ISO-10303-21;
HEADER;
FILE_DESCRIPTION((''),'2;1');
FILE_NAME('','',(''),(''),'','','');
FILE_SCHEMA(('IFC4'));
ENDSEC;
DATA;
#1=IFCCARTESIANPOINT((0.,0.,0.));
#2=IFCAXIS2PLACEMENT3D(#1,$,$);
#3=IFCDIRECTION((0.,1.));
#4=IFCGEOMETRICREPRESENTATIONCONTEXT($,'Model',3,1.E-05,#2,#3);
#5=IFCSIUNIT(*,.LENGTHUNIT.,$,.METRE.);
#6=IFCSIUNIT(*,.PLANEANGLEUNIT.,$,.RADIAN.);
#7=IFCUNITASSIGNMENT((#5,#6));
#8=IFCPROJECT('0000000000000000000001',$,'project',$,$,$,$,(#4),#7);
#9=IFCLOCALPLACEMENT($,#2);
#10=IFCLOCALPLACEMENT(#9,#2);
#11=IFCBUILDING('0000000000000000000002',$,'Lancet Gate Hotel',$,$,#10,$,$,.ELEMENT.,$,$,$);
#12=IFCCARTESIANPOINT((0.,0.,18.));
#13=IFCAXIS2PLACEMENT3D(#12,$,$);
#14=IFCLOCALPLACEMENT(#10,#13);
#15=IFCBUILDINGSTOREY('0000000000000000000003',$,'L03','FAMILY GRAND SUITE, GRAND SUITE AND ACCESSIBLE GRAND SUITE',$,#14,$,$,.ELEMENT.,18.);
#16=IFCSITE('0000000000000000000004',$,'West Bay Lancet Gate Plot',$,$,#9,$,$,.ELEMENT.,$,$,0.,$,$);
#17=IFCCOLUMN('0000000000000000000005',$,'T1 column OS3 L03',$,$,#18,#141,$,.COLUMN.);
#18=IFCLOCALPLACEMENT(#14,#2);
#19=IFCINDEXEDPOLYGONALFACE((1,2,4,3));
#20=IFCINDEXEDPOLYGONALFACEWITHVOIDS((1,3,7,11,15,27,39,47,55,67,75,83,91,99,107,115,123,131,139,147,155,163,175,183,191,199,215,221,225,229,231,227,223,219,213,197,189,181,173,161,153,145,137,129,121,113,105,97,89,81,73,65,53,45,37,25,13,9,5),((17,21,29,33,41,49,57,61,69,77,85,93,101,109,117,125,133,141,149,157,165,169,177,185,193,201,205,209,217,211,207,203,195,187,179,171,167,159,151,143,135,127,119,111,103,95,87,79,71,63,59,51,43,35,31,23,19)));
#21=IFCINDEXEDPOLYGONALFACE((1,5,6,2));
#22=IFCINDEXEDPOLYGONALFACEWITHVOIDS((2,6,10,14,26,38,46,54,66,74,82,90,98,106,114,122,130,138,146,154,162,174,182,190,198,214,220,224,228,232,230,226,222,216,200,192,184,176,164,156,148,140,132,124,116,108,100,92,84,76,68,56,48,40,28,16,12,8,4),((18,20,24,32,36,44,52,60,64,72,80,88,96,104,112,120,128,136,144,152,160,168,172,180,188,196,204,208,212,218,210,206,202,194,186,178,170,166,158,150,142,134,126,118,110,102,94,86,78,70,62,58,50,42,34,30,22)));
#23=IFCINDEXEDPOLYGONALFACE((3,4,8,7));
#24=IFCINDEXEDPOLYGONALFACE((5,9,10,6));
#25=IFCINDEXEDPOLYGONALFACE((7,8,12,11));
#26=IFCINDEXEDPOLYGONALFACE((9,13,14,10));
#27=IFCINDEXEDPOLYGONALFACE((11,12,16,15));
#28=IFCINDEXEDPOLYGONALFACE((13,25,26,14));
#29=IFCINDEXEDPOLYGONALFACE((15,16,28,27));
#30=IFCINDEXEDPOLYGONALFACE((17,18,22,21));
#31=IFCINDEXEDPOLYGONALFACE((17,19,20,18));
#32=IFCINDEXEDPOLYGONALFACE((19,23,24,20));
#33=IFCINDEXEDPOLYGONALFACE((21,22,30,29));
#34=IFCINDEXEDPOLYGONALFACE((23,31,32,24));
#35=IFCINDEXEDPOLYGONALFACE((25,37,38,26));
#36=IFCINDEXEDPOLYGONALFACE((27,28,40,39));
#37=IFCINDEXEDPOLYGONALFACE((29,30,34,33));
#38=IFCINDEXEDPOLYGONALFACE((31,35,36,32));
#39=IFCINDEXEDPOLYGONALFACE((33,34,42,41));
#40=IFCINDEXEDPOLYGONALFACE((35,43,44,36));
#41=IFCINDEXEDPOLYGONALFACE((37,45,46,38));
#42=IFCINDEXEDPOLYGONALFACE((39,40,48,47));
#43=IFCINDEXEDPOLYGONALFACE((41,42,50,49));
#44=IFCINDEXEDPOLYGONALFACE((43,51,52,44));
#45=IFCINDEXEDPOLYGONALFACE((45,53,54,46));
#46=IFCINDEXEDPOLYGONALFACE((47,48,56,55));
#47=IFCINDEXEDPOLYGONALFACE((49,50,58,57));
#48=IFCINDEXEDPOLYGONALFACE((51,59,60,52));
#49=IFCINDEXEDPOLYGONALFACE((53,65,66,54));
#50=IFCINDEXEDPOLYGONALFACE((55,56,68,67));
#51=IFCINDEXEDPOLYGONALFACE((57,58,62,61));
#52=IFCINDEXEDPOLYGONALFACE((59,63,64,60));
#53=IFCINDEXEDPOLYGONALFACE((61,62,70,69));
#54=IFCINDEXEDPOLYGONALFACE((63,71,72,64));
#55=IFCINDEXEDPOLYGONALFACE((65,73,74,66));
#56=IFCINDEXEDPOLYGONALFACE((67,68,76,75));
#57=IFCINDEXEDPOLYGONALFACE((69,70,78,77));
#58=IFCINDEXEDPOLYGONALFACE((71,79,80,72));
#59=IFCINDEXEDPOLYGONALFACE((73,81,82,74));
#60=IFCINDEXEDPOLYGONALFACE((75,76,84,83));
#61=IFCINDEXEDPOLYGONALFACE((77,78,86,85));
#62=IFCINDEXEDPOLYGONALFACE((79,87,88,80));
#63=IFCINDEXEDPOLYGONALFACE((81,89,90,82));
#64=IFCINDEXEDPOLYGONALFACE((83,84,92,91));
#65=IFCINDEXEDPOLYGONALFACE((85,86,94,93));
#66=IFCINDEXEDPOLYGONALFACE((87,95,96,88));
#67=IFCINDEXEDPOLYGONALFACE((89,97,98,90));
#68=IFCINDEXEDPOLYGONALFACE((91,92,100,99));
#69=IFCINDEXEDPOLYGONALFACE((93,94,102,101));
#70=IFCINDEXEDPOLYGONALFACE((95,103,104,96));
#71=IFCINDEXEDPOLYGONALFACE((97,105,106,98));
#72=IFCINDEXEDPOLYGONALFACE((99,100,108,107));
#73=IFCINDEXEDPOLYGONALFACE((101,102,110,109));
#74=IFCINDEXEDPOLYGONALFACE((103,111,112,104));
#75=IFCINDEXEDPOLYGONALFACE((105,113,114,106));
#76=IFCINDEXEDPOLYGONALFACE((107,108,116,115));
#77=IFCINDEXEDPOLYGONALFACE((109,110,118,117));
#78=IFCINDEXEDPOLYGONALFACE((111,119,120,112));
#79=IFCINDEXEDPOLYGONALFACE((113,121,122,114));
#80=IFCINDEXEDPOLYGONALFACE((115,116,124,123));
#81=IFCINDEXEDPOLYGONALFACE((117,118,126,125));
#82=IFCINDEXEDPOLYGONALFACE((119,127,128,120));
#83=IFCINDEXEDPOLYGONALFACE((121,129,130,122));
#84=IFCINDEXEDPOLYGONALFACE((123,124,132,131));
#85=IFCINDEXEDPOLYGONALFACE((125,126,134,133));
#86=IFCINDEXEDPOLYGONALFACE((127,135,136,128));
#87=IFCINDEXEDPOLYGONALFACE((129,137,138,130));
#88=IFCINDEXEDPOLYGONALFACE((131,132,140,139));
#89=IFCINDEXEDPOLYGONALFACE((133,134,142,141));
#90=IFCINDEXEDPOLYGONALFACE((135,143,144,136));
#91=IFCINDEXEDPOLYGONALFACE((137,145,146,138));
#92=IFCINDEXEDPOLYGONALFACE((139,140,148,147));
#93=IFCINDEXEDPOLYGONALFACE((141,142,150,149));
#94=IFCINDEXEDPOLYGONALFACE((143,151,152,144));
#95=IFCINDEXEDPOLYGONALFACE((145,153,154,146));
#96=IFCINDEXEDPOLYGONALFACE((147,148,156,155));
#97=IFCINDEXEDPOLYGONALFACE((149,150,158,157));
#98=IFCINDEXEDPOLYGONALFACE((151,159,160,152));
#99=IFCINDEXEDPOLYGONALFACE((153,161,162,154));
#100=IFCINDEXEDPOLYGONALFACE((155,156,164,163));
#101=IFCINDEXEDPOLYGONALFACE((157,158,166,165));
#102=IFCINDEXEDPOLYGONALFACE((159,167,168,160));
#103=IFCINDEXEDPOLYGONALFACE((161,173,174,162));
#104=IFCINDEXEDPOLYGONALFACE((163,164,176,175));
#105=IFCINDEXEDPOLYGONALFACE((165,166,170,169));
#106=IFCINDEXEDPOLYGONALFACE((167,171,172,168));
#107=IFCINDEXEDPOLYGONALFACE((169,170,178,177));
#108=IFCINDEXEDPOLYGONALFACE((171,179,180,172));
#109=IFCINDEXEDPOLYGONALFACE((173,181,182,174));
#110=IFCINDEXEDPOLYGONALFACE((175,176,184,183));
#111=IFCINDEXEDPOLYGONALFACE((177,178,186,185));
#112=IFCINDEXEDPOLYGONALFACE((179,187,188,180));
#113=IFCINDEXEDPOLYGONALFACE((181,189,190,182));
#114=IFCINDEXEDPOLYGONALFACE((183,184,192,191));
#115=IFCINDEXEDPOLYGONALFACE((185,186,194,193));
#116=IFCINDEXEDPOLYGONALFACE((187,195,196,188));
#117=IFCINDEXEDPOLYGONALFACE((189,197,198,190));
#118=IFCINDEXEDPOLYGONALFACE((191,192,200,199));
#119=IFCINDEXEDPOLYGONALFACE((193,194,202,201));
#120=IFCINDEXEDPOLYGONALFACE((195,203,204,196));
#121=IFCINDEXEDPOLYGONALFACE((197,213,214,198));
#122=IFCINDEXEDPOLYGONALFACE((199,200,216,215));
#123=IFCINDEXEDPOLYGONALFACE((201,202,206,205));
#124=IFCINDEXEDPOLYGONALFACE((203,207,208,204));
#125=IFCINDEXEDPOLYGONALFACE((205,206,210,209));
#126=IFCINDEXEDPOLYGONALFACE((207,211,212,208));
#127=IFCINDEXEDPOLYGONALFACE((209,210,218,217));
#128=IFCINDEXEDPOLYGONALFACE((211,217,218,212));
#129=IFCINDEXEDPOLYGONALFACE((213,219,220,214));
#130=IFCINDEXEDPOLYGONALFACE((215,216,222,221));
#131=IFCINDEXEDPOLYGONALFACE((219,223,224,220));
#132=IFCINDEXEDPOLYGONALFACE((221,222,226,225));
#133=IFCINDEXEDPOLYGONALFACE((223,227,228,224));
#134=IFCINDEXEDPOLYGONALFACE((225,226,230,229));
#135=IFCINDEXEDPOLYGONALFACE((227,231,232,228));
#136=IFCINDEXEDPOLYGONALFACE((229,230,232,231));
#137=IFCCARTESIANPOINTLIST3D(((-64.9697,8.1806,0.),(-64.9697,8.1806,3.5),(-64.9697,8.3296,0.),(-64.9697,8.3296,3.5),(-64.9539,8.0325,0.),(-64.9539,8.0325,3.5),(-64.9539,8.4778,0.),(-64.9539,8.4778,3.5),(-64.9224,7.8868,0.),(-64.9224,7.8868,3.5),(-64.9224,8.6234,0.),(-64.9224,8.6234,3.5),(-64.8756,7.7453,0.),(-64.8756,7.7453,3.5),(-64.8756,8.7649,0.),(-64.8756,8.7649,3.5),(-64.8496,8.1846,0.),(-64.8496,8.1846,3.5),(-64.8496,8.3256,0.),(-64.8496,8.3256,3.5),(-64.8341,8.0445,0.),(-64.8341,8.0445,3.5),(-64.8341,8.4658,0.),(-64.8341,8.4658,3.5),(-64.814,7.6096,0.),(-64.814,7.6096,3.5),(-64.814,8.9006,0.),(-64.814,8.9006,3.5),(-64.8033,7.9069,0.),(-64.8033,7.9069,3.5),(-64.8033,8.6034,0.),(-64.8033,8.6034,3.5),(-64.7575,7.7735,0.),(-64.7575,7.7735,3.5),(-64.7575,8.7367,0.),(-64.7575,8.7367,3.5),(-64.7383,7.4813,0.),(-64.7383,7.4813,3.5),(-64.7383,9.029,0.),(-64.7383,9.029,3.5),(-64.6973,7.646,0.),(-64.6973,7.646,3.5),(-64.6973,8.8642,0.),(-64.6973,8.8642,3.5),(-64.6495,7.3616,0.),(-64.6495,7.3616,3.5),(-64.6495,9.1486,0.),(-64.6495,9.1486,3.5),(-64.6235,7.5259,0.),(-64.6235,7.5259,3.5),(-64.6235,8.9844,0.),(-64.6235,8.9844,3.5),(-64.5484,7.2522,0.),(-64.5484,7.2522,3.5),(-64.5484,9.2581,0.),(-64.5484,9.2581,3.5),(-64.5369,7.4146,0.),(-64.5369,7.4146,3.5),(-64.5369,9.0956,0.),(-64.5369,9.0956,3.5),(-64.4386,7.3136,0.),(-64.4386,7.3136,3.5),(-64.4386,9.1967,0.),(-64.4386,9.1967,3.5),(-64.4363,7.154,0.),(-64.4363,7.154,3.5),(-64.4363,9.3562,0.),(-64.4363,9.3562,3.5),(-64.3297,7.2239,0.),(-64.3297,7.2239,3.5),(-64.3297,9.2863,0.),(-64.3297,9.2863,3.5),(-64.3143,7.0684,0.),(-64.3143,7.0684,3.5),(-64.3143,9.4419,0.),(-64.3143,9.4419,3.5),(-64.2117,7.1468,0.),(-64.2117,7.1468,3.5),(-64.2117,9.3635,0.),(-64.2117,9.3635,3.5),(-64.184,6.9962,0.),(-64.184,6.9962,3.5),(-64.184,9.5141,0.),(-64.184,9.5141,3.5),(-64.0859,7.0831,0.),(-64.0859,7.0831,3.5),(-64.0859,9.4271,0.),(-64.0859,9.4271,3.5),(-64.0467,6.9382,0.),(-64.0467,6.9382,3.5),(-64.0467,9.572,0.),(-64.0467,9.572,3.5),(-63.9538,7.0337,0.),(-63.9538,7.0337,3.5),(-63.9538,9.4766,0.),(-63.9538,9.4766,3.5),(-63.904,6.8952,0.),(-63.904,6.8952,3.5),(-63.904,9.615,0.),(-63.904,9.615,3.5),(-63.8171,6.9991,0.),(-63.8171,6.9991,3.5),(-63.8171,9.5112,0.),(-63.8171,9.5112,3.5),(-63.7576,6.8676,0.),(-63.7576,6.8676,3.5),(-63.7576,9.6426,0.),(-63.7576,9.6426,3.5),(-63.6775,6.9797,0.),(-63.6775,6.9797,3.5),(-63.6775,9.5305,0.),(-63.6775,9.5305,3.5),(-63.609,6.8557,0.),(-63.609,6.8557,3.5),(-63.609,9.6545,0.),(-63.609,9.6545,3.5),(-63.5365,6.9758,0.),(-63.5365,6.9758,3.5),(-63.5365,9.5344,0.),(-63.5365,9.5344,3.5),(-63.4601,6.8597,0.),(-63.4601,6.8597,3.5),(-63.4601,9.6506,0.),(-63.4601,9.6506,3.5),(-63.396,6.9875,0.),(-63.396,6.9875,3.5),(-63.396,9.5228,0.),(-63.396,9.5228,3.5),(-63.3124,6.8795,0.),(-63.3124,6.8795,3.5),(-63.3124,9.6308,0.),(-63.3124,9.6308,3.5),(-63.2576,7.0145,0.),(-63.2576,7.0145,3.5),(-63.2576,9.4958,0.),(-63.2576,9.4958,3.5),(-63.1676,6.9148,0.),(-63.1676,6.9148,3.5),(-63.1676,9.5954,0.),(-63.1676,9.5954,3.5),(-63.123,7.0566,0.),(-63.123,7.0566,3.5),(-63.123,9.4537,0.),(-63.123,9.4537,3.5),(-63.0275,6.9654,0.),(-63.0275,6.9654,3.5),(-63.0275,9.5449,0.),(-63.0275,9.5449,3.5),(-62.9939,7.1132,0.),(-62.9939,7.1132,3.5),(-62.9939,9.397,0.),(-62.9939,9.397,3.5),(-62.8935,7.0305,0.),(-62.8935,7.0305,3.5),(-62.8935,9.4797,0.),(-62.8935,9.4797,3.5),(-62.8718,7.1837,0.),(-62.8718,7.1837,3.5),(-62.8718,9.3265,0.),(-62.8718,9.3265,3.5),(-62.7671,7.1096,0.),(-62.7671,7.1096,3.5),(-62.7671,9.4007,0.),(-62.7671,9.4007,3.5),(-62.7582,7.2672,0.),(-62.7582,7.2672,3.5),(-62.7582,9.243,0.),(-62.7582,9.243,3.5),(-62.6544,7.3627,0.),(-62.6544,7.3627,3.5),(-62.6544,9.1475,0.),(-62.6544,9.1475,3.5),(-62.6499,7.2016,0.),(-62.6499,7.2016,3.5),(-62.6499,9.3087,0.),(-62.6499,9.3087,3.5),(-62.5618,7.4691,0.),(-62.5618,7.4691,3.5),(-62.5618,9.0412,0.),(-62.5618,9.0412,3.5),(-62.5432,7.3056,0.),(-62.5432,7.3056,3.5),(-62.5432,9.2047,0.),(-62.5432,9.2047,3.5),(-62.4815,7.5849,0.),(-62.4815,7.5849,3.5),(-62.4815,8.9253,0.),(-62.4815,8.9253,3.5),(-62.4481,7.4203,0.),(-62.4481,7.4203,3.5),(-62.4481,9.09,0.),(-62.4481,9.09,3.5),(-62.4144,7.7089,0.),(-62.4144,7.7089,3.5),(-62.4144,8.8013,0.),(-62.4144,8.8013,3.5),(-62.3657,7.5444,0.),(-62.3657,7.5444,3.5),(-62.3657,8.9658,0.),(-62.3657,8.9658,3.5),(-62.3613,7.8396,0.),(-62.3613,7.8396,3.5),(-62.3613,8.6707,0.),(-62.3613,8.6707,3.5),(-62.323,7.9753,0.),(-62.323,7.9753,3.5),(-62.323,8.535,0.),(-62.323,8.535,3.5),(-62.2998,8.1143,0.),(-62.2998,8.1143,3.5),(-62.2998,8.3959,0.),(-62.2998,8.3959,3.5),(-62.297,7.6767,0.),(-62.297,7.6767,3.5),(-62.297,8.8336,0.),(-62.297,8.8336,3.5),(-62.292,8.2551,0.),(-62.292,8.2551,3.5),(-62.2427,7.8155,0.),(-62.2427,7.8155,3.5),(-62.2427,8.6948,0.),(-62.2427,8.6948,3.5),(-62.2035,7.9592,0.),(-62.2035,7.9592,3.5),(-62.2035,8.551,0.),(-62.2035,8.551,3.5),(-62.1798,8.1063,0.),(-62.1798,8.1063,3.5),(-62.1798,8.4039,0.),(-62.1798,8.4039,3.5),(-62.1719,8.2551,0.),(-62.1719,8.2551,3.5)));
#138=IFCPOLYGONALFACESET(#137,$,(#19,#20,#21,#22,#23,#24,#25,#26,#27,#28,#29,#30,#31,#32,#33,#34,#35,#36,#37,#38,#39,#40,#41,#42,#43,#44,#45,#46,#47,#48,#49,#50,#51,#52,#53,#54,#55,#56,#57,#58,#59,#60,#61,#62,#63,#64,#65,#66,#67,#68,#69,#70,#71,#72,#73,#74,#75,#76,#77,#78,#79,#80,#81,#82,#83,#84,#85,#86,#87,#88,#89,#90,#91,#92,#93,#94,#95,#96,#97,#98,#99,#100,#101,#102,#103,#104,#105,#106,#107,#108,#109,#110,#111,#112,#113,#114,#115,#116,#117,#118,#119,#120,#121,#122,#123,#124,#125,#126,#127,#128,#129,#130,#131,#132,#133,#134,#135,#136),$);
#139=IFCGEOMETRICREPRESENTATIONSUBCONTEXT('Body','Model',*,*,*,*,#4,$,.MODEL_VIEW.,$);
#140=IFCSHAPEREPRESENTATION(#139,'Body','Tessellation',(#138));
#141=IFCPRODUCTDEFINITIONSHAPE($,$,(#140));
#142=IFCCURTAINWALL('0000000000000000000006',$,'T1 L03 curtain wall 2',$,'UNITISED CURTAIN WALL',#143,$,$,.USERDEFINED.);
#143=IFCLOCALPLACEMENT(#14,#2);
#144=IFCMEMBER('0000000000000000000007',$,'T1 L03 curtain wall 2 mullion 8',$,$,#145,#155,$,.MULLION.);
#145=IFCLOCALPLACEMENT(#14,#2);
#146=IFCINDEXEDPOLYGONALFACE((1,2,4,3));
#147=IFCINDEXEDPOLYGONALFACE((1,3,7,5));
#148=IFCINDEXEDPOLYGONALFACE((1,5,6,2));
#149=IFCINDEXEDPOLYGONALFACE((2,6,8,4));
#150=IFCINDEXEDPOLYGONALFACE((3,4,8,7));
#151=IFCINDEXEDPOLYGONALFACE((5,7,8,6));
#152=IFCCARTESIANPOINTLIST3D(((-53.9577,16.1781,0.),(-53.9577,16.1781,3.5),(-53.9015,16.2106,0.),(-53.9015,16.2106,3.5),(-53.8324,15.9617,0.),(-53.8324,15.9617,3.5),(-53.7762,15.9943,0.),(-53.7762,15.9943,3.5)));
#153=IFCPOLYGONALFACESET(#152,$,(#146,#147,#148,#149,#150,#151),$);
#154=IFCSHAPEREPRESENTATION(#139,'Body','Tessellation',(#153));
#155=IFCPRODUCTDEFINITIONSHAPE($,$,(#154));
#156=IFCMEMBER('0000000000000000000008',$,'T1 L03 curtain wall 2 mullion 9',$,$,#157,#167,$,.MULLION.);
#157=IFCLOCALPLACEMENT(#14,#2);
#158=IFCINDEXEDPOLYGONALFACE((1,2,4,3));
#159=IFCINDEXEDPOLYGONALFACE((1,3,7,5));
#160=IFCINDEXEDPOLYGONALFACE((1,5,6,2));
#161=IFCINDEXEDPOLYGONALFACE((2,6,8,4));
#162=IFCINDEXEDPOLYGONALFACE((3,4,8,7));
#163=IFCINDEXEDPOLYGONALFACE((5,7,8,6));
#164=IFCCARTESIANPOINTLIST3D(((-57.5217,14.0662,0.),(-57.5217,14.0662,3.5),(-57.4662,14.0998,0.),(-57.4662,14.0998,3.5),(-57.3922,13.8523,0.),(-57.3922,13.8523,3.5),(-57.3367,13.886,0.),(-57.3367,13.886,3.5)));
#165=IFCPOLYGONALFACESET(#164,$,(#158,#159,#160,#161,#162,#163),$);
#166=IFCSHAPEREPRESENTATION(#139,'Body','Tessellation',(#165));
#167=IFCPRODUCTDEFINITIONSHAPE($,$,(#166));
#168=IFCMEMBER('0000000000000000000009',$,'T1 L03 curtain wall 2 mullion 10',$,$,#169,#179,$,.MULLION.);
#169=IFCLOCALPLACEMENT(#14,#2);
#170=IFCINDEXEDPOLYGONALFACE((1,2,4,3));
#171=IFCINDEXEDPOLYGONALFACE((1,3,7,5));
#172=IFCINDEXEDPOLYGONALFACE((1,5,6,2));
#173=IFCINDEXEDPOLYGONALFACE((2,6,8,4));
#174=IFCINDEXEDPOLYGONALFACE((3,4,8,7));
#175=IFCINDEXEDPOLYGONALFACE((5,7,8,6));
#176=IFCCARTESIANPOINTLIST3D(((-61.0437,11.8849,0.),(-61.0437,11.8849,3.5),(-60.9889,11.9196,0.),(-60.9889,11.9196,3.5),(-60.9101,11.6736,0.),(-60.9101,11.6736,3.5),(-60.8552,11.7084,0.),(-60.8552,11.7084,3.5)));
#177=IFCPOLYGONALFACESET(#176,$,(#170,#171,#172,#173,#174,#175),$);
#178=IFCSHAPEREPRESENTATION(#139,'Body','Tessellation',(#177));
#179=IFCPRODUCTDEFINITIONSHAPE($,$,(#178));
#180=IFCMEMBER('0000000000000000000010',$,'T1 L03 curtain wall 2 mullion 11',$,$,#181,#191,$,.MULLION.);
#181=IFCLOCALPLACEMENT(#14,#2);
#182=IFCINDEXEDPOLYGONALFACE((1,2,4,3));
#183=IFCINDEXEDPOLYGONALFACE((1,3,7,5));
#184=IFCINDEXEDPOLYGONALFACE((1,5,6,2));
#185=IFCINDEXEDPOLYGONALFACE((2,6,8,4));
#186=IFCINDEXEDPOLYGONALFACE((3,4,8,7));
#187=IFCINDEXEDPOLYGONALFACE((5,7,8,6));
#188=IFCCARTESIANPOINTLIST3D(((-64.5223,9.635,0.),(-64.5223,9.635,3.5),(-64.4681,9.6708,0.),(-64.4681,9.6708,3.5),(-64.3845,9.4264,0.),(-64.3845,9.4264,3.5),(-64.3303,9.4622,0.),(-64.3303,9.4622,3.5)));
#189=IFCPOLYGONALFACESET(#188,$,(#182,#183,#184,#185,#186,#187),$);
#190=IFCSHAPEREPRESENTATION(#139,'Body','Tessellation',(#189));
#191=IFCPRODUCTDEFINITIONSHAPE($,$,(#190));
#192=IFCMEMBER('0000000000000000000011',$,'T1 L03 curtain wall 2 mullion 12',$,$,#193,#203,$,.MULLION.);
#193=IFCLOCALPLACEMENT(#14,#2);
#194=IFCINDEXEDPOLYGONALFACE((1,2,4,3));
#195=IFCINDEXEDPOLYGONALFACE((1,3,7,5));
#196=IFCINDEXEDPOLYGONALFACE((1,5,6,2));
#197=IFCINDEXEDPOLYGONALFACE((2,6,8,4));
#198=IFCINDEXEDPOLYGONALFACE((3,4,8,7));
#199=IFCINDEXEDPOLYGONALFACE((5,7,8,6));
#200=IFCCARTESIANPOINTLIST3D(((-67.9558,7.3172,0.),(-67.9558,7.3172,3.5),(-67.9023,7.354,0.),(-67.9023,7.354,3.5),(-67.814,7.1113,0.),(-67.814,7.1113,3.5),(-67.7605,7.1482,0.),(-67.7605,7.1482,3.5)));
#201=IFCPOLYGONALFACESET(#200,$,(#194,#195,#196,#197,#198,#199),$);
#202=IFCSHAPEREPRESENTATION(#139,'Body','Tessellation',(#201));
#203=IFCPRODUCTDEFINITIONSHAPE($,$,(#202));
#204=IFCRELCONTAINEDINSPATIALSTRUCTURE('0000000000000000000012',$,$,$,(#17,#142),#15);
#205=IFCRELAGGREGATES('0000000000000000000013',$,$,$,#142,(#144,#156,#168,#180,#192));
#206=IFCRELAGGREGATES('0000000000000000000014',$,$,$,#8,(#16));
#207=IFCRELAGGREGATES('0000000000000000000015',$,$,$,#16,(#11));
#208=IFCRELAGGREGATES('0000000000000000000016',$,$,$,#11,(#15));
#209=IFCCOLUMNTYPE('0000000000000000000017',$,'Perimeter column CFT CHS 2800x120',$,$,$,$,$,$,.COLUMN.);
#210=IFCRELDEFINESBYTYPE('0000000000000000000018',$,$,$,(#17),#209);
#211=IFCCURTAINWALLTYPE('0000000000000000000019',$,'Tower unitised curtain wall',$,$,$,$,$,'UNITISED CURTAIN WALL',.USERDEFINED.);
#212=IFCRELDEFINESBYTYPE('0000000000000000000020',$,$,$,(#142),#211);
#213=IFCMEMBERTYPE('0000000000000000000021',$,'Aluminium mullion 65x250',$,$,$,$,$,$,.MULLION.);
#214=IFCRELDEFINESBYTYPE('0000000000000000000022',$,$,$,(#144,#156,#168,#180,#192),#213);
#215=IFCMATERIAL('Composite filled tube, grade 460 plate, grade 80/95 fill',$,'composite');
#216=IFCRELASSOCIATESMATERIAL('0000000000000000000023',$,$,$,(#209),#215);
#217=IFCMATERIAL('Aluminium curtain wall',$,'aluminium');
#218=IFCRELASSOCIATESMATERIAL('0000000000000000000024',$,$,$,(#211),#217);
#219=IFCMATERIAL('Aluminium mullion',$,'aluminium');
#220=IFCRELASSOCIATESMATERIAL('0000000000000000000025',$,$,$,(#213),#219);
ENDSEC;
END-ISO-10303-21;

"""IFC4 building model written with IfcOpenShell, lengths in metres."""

from ifc_helpers import new_model, si_unit, direction, frame, origin, origin_2d, place, context, subcontext, project, spatial, rectangle, hollow_circle, extrude, material, material_profile, profile_set, type_object, element, aggregate, save


model = new_model("IFC4")

# Units and contexts
model_context = context("Model", 3, precision=1e-05, world=origin(), true_north=direction((0.0, 1.0)))
body_context = subcontext(model_context, "Body", "Model", "MODEL_VIEW")
ifc_project = project(units=[si_unit("LENGTHUNIT", "METRE"), si_unit("PLANEANGLEUNIT", "RADIAN")], contexts=[model_context])

# Site, building, storey
site_placement = place(None, origin())
site = spatial("IfcSite", under=ifc_project, at=site_placement, Name="West Bay Lancet Gate Plot", CompositionType="ELEMENT", RefElevation=0.0)
building_placement = place(site_placement, origin())
building = spatial("IfcBuilding", under=site, at=building_placement, Name="Lancet Gate Hotel", CompositionType="ELEMENT")
storey_placement = place(building_placement, frame((0.0, 0.0, 18.0)))
storey = spatial("IfcBuildingStorey", under=building, at=storey_placement, Name="L03", Description="FAMILY GRAND SUITE, GRAND SUITE AND ACCESSIBLE GRAND SUITE", CompositionType="ELEMENT", Elevation=18.0)

# Column
ifc_material_1 = material(Name="Composite filled tube, grade 460 plate, grade 80/95 fill", Category="composite")
ifc_material_profile_1 = material_profile(ifc_material_1, hollow_circle(Radius=1.3999, WallThickness=0.1201, at=origin_2d()), Name="CHS 2800x120")
ifc_profile_set_1 = profile_set([ifc_material_profile_1], Name="Composite filled tube, grade 460 plate, grade 80/95 fill")
column_type = type_object("IfcColumnType", Name="Perimeter column CFT CHS 2800x120", PredefinedType="COLUMN", material=ifc_profile_set_1)
for number, where, z_axis, x_axis, name in (
    (1, (-63.5718, 8.2551, 0.0), (0.0, 0.0, 1.0), (1.0, 0.0, 0.0), "T1 column OS3 L03"),
):
    element("IfcColumn", number, at=place(storey_placement, frame(where, z_axis=z_axis, x_axis=x_axis)), inside=storey, type_object=column_type, Name=name, PredefinedType="COLUMN", context=body_context, shape_type="SweptSolid", body=[
        extrude(hollow_circle(Radius=1.3999, WallThickness=0.1201, at=origin_2d()), origin(), (0.0, 0.0, 1.0), 3.5),
    ])

# Curtain wall, members
ifc_material_2 = material(Name="Aluminium curtain wall", Category="aluminium")
curtain_wall_type = type_object("IfcCurtainWallType", Name="Tower unitised curtain wall", ElementType="UNITISED CURTAIN WALL", PredefinedType="USERDEFINED", material=ifc_material_2)
curtain_wall_placement = place(storey_placement, origin())
curtain_wall = element("IfcCurtainWall", 2, at=curtain_wall_placement, inside=storey, type_object=curtain_wall_type, Name="T1 L03 curtain wall 2", ObjectType="UNITISED CURTAIN WALL", PredefinedType="USERDEFINED")
ifc_material_3 = material(Name="Aluminium mullion", Category="aluminium")
ifc_material_profile_2 = material_profile(ifc_material_3, rectangle(XDim=0.0649, YDim=0.25, at=origin_2d()), Name="MULLION 65x250")
ifc_profile_set_2 = profile_set([ifc_material_profile_2], Name="Aluminium mullion")
member_type_1 = type_object("IfcMemberType", Name="Aluminium mullion 65x250", PredefinedType="MULLION", material=ifc_profile_set_2)
member_1_placement = place(storey_placement, frame((-53.8669, 16.0862, 0.0), z_axis=(0.0, 0.0, 1.0), x_axis=(-0.865335, -0.501194, 0.0)))
member_1 = element("IfcMember", 3, at=member_1_placement, type_object=member_type_1, Name="T1 L03 curtain wall 2 mullion 8", PredefinedType="MULLION", context=body_context, shape_type="SweptSolid", body=[
    extrude(rectangle(XDim=0.0649, YDim=0.25, at=origin_2d()), origin(), (0.0, 0.0, 1.0), 3.5),
])
member_2_placement = place(storey_placement, frame((-57.4292, 13.9761, 0.0), z_axis=(0.0, 0.0, 1.0), x_axis=(-0.855346, -0.518057, 0.0)))
member_2 = element("IfcMember", 4, at=member_2_placement, type_object=member_type_1, Name="T1 L03 curtain wall 2 mullion 9", PredefinedType="MULLION", context=body_context, shape_type="SweptSolid", body=[
    extrude(rectangle(XDim=0.0649, YDim=0.25, at=origin_2d()), origin(), (0.0, 0.0, 1.0), 3.5),
])
member_3_placement = place(storey_placement, frame((-60.9495, 11.7966, 0.0), z_axis=(0.0, 0.0, 1.0), x_axis=(-0.845029, -0.53472, 0.0)))
member_3 = element("IfcMember", 5, at=member_3_placement, type_object=member_type_1, Name="T1 L03 curtain wall 2 mullion 10", PredefinedType="MULLION", context=body_context, shape_type="SweptSolid", body=[
    extrude(rectangle(XDim=0.0649, YDim=0.25, at=origin_2d()), origin(), (0.0, 0.0, 1.0), 3.5),
])
member_4_placement = place(storey_placement, frame((-64.4263, 9.5486, 0.0), z_axis=(0.0, 0.0, 1.0), x_axis=(-0.834387, -0.551178, 0.0)))
member_4 = element("IfcMember", 6, at=member_4_placement, type_object=member_type_1, Name="T1 L03 curtain wall 2 mullion 11", PredefinedType="MULLION", context=body_context, shape_type="SweptSolid", body=[
    extrude(rectangle(XDim=0.0649, YDim=0.25, at=origin_2d()), origin(), (0.0, 0.0, 1.0), 3.5),
])
member_5_placement = place(storey_placement, frame((-67.8582, 7.2327, 0.0), z_axis=(0.0, 0.0, 1.0), x_axis=(-0.823425, -0.567425, 0.0)))
member_5 = element("IfcMember", 7, at=member_5_placement, type_object=member_type_1, Name="T1 L03 curtain wall 2 mullion 12", PredefinedType="MULLION", context=body_context, shape_type="SweptSolid", body=[
    extrude(rectangle(XDim=0.0649, YDim=0.25, at=origin_2d()), origin(), (0.0, 0.0, 1.0), 3.5),
])

aggregate(curtain_wall, [member_1, member_2, member_3, member_4, member_5])

save(model, "model.ifc")
